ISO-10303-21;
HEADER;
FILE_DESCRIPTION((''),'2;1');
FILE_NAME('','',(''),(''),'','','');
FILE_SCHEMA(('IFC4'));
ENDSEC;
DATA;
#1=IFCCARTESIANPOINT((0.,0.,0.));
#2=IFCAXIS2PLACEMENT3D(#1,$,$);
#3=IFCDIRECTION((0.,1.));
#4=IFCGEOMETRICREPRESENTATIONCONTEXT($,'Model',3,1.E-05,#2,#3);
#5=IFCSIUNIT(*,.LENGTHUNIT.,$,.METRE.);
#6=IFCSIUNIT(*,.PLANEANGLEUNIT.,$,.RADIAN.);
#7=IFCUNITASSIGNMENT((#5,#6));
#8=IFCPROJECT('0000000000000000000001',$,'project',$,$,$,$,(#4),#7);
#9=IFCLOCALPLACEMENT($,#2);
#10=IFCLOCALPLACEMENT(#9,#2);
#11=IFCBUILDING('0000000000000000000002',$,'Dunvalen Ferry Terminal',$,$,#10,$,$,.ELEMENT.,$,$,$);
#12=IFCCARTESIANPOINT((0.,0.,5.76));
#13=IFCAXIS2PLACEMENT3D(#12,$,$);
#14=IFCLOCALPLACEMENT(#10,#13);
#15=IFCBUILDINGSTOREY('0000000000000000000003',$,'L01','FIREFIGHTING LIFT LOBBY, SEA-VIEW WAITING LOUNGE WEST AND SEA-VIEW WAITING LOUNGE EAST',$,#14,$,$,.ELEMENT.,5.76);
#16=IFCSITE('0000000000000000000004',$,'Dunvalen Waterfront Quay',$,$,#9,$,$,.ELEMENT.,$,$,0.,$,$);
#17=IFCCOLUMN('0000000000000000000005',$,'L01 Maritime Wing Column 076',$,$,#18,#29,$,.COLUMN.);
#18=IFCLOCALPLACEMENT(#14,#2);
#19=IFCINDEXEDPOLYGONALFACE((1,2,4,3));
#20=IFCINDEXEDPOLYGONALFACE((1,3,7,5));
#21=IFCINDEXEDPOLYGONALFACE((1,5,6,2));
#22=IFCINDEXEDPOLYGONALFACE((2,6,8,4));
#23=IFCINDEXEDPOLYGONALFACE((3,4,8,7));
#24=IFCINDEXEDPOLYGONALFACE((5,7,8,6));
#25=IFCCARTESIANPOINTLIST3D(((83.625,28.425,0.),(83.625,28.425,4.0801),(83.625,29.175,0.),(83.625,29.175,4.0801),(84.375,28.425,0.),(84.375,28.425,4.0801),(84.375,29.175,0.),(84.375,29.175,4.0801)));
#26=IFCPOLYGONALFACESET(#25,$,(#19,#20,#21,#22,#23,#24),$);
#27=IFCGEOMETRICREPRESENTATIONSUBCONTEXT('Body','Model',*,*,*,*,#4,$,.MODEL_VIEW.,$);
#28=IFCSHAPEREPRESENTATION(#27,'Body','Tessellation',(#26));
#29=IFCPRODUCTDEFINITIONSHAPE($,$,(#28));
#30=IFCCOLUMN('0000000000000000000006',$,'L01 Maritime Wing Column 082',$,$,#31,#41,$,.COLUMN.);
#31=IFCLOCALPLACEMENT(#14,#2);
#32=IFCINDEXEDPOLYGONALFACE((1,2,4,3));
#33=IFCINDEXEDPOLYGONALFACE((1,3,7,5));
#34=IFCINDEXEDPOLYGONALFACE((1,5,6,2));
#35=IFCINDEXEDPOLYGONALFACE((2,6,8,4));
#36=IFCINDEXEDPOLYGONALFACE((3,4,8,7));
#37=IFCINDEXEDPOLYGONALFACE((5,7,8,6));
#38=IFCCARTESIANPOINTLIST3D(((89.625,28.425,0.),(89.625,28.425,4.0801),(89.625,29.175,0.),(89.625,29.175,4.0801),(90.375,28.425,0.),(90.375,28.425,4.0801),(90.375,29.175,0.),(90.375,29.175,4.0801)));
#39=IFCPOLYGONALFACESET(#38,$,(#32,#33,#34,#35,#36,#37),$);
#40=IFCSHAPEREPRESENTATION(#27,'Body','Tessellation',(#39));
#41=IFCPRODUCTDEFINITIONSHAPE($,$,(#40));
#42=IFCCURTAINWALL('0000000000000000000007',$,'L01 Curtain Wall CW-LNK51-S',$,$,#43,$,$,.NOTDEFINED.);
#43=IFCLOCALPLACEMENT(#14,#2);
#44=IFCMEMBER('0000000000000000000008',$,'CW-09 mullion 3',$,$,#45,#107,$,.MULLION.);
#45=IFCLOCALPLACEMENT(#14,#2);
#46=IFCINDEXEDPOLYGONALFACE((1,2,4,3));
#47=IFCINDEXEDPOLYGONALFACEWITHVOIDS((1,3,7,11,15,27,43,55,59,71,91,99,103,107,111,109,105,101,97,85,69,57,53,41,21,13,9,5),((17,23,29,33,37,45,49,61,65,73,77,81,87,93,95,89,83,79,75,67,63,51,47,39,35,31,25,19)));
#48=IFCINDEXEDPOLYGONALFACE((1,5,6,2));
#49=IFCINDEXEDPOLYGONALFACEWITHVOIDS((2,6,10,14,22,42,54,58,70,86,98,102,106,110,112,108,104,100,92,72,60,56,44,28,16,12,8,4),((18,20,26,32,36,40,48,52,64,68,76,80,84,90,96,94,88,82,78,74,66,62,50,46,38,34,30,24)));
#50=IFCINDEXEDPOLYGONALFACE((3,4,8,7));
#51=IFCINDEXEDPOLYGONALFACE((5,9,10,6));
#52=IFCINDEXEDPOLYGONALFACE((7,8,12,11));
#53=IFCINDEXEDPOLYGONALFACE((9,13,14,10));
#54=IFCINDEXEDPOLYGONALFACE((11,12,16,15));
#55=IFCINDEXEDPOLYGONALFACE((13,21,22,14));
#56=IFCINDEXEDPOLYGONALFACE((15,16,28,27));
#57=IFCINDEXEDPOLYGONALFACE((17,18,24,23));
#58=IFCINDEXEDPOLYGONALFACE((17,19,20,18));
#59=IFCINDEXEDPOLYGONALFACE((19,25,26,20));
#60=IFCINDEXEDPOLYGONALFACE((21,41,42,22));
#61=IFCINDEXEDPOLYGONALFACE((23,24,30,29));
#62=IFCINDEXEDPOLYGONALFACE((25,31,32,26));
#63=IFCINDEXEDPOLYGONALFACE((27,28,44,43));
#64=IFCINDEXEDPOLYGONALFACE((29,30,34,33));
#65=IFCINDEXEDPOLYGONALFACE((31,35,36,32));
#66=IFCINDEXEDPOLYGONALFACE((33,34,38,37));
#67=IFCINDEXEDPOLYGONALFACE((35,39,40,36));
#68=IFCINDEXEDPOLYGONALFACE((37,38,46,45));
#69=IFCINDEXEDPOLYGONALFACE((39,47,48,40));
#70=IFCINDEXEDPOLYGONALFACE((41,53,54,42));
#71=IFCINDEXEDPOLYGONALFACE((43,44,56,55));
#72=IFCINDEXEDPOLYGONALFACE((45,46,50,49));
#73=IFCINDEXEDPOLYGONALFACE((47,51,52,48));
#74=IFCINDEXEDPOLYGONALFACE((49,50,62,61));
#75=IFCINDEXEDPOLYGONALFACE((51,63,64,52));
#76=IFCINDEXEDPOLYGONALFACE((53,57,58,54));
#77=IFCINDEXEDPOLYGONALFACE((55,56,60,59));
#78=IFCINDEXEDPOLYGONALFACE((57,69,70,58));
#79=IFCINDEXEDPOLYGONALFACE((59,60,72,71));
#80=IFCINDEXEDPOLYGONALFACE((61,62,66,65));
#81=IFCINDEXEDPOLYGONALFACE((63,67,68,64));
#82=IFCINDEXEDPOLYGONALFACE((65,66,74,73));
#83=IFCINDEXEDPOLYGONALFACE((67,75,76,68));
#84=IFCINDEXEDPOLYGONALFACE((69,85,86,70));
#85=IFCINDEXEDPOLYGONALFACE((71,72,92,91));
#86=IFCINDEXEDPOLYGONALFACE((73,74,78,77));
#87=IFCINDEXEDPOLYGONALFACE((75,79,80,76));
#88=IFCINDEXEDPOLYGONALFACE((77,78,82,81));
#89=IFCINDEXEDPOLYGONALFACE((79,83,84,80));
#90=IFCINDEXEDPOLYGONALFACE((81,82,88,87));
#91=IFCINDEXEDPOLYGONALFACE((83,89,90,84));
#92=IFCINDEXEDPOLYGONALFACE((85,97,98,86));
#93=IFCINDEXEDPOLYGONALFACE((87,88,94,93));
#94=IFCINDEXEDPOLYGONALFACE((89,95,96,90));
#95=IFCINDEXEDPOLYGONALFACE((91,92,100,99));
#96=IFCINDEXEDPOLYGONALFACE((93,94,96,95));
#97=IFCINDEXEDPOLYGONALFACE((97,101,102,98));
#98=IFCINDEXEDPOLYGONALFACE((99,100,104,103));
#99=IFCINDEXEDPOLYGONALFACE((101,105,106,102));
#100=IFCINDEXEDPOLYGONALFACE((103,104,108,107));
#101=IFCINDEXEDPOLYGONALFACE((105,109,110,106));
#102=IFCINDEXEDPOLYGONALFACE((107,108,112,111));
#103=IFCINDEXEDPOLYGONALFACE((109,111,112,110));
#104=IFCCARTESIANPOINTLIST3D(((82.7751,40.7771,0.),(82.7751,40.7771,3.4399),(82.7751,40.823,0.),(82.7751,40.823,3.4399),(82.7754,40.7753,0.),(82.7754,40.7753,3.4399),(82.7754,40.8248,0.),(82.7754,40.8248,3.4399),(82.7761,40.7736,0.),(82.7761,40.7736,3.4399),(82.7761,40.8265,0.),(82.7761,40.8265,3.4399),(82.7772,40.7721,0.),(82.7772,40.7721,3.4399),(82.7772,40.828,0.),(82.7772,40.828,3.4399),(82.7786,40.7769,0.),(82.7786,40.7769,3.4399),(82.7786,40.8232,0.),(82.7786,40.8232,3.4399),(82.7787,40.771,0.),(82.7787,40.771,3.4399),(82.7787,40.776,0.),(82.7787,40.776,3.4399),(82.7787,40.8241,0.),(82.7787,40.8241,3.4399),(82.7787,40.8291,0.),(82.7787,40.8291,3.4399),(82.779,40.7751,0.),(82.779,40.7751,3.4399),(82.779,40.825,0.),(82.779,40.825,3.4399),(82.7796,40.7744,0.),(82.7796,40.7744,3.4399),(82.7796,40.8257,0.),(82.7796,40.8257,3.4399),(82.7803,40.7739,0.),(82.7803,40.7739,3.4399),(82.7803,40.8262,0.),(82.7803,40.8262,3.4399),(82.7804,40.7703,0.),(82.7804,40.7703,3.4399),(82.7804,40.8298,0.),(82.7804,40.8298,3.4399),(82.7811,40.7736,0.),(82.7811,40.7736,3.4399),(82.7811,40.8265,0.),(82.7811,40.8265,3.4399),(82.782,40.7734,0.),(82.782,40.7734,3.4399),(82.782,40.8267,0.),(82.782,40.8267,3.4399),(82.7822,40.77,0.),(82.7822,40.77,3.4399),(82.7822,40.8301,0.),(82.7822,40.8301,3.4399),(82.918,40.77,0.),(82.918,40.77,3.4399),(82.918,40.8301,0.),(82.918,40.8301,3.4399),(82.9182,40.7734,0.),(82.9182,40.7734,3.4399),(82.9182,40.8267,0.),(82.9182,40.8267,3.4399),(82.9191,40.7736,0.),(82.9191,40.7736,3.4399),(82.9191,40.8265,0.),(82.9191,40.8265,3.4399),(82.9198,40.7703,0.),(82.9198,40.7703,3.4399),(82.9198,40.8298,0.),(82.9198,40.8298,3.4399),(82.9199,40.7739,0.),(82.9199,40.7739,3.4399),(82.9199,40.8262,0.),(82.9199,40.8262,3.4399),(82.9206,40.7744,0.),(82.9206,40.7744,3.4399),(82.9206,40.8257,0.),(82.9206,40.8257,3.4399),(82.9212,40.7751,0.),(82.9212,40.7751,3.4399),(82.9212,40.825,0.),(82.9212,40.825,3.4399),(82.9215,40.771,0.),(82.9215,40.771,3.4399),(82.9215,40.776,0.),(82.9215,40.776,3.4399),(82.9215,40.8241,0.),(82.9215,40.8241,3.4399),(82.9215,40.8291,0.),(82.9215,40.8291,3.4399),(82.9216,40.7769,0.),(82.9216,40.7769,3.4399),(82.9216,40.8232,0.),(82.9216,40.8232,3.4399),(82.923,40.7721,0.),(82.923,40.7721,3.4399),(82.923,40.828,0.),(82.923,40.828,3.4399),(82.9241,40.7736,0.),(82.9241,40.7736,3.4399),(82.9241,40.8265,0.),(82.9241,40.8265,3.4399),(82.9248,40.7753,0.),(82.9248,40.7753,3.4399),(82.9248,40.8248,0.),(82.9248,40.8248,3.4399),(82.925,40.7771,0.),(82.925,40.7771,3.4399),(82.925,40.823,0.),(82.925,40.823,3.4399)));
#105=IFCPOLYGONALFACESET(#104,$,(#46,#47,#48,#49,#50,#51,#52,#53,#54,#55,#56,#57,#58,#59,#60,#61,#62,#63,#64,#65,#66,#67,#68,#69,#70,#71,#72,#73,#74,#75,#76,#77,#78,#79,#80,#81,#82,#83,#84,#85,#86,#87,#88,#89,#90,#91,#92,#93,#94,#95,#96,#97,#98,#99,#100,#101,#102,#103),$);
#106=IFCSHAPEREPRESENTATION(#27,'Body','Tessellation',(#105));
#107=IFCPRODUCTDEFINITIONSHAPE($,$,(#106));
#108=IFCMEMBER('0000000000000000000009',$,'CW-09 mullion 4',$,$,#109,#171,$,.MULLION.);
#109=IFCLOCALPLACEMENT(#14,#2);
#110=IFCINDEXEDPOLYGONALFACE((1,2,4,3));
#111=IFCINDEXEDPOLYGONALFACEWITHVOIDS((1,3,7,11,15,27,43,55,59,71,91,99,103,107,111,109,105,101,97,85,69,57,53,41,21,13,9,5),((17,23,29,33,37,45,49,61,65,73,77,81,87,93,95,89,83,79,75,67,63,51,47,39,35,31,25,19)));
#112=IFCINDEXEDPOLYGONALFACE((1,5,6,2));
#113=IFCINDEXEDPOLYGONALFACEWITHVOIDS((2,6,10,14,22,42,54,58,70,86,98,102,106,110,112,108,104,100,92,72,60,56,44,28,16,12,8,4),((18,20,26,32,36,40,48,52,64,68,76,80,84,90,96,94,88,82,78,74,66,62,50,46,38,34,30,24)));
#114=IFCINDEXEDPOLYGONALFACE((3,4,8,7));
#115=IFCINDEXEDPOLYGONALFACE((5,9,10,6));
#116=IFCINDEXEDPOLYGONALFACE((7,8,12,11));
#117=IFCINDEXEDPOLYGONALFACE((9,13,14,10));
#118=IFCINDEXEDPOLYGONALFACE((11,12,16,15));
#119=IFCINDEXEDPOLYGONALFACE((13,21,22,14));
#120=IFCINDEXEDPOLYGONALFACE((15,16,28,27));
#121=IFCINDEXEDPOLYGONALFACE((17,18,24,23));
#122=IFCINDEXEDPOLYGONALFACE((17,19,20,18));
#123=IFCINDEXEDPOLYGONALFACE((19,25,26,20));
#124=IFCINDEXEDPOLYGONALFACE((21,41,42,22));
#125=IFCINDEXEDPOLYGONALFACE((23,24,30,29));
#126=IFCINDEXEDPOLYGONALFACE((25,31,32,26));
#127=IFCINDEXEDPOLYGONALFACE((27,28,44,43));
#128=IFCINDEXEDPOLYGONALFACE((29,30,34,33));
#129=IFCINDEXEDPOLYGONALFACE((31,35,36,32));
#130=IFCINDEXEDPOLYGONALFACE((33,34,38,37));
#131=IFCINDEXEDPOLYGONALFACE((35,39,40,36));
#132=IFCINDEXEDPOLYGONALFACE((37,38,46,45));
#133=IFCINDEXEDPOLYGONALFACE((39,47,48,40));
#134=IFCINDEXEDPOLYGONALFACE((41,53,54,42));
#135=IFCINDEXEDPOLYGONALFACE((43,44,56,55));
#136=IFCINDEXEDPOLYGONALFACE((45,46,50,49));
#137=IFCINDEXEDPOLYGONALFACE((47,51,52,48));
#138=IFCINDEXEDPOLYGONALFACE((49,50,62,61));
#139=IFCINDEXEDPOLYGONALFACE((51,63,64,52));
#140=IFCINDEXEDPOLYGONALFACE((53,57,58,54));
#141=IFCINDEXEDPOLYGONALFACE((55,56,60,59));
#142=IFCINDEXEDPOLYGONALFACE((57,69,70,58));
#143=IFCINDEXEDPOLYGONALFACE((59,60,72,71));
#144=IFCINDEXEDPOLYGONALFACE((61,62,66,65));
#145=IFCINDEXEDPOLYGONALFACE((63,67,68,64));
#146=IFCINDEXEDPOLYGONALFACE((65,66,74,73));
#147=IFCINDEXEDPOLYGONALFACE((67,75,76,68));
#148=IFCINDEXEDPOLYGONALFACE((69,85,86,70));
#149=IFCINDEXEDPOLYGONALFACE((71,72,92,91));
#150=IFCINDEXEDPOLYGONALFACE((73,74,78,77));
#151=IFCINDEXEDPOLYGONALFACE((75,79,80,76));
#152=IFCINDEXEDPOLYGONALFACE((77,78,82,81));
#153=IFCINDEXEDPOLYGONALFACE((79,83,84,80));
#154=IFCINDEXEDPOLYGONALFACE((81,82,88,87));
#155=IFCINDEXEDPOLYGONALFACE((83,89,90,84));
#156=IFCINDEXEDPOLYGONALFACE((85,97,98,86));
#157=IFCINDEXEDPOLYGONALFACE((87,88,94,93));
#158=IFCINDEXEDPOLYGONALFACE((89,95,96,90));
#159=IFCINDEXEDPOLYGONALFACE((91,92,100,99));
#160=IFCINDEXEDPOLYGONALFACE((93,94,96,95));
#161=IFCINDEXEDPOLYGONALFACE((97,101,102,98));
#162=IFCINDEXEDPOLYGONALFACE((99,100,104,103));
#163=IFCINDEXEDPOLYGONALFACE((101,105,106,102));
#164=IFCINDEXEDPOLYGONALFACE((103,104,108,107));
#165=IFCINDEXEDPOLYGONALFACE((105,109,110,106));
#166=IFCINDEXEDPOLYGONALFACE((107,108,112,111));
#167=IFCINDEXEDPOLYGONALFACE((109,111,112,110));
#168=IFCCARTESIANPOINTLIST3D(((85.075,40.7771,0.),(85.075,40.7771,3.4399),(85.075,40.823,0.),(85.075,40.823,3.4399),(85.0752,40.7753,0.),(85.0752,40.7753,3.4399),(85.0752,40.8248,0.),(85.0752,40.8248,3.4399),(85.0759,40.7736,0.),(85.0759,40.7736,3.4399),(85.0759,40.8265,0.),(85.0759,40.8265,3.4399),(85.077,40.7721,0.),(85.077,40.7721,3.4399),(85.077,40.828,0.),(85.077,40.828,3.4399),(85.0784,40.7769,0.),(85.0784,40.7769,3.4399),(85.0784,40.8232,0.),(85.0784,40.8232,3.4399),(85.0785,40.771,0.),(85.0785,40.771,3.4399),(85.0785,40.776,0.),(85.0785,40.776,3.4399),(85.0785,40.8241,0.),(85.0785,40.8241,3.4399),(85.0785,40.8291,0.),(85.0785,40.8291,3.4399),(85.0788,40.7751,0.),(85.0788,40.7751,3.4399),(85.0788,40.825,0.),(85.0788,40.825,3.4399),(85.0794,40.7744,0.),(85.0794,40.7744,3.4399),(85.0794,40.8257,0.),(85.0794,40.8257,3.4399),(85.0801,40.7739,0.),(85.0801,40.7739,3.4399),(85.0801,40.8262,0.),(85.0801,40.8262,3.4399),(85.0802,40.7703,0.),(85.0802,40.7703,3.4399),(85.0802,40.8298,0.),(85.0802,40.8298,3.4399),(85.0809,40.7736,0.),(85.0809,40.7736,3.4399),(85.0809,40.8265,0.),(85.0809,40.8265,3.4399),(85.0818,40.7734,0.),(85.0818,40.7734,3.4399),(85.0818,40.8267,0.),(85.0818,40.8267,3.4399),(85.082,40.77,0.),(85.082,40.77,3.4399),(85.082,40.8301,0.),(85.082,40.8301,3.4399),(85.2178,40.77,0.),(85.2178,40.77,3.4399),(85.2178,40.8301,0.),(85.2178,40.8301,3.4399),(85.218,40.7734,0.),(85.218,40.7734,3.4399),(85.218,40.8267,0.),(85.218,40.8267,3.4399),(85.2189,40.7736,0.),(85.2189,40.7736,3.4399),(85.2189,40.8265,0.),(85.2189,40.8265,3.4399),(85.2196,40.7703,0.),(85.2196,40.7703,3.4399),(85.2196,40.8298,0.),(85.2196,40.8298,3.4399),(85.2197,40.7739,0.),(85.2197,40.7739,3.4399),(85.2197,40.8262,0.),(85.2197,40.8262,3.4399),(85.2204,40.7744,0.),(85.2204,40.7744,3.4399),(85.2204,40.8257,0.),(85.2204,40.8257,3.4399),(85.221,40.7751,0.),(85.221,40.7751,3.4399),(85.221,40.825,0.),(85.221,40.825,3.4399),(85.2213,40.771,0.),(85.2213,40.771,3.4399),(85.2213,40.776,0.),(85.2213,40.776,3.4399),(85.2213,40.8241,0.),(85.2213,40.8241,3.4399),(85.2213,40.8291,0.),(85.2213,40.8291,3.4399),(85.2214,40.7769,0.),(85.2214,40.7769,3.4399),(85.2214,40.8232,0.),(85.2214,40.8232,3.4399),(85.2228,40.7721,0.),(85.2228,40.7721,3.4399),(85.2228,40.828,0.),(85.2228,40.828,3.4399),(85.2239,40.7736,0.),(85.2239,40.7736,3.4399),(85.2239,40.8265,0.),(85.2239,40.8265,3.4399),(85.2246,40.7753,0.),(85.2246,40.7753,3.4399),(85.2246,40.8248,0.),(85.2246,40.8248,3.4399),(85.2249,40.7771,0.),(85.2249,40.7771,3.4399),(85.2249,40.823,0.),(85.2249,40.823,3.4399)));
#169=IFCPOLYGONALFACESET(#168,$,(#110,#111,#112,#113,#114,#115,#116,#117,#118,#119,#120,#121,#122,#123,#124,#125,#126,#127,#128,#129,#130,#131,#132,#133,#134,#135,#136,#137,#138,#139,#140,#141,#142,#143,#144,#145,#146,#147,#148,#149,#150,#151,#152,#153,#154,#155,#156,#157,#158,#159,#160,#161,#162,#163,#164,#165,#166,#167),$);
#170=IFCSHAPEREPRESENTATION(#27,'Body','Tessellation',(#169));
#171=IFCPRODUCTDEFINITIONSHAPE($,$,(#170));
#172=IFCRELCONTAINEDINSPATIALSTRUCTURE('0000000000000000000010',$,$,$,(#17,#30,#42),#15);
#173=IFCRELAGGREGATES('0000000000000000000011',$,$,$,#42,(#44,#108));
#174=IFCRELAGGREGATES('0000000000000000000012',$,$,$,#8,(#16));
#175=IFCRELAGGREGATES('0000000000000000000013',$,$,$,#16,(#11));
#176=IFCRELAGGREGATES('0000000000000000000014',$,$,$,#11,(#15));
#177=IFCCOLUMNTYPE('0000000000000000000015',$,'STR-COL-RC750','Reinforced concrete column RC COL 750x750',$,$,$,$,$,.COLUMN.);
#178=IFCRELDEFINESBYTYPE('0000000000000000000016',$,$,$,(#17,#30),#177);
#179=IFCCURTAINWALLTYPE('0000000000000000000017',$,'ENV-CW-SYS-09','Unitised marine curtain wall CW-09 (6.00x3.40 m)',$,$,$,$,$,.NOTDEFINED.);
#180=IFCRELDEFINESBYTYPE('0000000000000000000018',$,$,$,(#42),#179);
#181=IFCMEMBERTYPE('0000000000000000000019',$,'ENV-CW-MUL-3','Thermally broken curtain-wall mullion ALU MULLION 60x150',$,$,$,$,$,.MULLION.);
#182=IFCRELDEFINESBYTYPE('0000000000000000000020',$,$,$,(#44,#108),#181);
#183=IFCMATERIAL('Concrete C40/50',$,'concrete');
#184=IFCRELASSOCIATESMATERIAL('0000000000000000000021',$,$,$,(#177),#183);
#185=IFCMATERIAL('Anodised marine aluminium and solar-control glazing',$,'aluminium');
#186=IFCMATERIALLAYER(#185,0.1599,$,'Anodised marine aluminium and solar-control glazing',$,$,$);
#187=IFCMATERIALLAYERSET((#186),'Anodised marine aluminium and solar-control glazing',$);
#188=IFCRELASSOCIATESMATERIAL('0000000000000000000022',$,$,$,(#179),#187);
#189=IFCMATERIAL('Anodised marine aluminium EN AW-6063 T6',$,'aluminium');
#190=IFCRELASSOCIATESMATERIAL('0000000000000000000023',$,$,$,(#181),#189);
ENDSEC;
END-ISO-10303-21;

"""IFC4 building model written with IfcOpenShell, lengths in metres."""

from ifc_helpers import new_model, si_unit, direction, frame, origin, origin_2d, place, context, subcontext, project, spatial, rectangle, hollow_rectangle, extrude, material, layer, layer_set, material_profile, profile_set, type_object, element, aggregate, save


model = new_model("IFC4")

# Units and contexts
model_context = context("Model", 3, precision=1e-05, world=origin(), true_north=direction((0.0, 1.0)))
body_context = subcontext(model_context, "Body", "Model", "MODEL_VIEW")
ifc_project = project(units=[si_unit("LENGTHUNIT", "METRE"), si_unit("PLANEANGLEUNIT", "RADIAN")], contexts=[model_context])

# Site, building, storey
site_placement = place(None, origin())
site = spatial("IfcSite", under=ifc_project, at=site_placement, Name="Dunvalen Waterfront Quay", CompositionType="ELEMENT", RefElevation=0.0)
building_placement = place(site_placement, origin())
building = spatial("IfcBuilding", under=site, at=building_placement, Name="Dunvalen Ferry Terminal", CompositionType="ELEMENT")
storey_placement = place(building_placement, frame((0.0, 0.0, 5.76)))
storey = spatial("IfcBuildingStorey", under=building, at=storey_placement, Name="L01", Description="FIREFIGHTING LIFT LOBBY, SEA-VIEW WAITING LOUNGE WEST AND SEA-VIEW WAITING LOUNGE EAST", CompositionType="ELEMENT", Elevation=5.76)

# Columns
ifc_material_1 = material(Name="Concrete C40/50", Category="concrete")
ifc_material_profile_1 = material_profile(ifc_material_1, rectangle(XDim=0.75, YDim=0.75, at=origin_2d()), Name="Concrete C40/50")
ifc_profile_set_1 = profile_set([ifc_material_profile_1], Name="Concrete C40/50")
column_type = type_object("IfcColumnType", Name="STR-COL-RC750", Description="Reinforced concrete column RC COL 750x750", PredefinedType="COLUMN", material=ifc_profile_set_1)
for number, where, z_axis, x_axis, name in (
    (1, (84.0, 28.8, 0.0), (0.0, 0.0, 1.0), (1.0, 0.0, 0.0), "L01 Maritime Wing Column 076"),
    (2, (90.0, 28.8, 0.0), (0.0, 0.0, 1.0), (1.0, 0.0, 0.0), "L01 Maritime Wing Column 082"),
):
    element("IfcColumn", number, at=place(storey_placement, frame(where, z_axis=z_axis, x_axis=x_axis)), inside=storey, type_object=column_type, Name=name, PredefinedType="COLUMN", context=body_context, shape_type="SweptSolid", body=[
        extrude(rectangle(XDim=0.75, YDim=0.75, at=origin_2d()), origin(), (0.0, 0.0, 1.0), 4.0801),
    ])

# Curtain wall, members
ifc_material_2 = material(Name="Anodised marine aluminium and solar-control glazing", Category="aluminium")
ifc_layer_1 = layer(ifc_material_2, 0.1599, Name="Anodised marine aluminium and solar-control glazing")
ifc_layer_set_1 = layer_set([ifc_layer_1], Name="Anodised marine aluminium and solar-control glazing")
curtain_wall_type = type_object("IfcCurtainWallType", Name="ENV-CW-SYS-09", Description="Unitised marine curtain wall CW-09 (6.00x3.40 m)", PredefinedType="NOTDEFINED", material=ifc_layer_set_1)
curtain_wall_placement = place(storey_placement, origin())
curtain_wall = element("IfcCurtainWall", 3, at=curtain_wall_placement, inside=storey, type_object=curtain_wall_type, Name="L01 Curtain Wall CW-LNK51-S", PredefinedType="NOTDEFINED")
ifc_material_3 = material(Name="Anodised marine aluminium EN AW-6063 T6", Category="aluminium")
ifc_material_profile_2 = material_profile(ifc_material_3, hollow_rectangle(XDim=0.0601, YDim=0.1499, WallThickness=0.0034, InnerFilletRadius=0.0034, OuterFilletRadius=0.0071, at=origin_2d()), Name="Anodised marine aluminium EN AW-6063 T6")
ifc_profile_set_2 = profile_set([ifc_material_profile_2], Name="Anodised marine aluminium EN AW-6063 T6")
member_type_1 = type_object("IfcMemberType", Name="ENV-CW-MUL-3", Description="Thermally broken curtain-wall mullion ALU MULLION 60x150", PredefinedType="MULLION", material=ifc_profile_set_2)
member_1_placement = place(storey_placement, frame((82.8501, 40.8, 0.0), z_axis=(0.0, 0.0, 1.0), x_axis=(0.0, 1.0, 0.0)))
member_1 = element("IfcMember", 4, at=member_1_placement, type_object=member_type_1, Name="CW-09 mullion 3", PredefinedType="MULLION", context=body_context, shape_type="SweptSolid", body=[
    extrude(hollow_rectangle(XDim=0.0601, YDim=0.1499, WallThickness=0.0034, InnerFilletRadius=0.0034, OuterFilletRadius=0.0071, at=origin_2d()), origin(), (0.0, 0.0, 1.0), 3.4399),
])
member_2_placement = place(storey_placement, frame((85.1499, 40.8, 0.0), z_axis=(0.0, 0.0, 1.0), x_axis=(0.0, 1.0, 0.0)))
member_2 = element("IfcMember", 5, at=member_2_placement, type_object=member_type_1, Name="CW-09 mullion 4", PredefinedType="MULLION", context=body_context, shape_type="SweptSolid", body=[
    extrude(hollow_rectangle(XDim=0.0601, YDim=0.1499, WallThickness=0.0034, InnerFilletRadius=0.0034, OuterFilletRadius=0.0071, at=origin_2d()), origin(), (0.0, 0.0, 1.0), 3.4399),
])

aggregate(curtain_wall, [member_1, member_2])

save(model, "model.ifc")
